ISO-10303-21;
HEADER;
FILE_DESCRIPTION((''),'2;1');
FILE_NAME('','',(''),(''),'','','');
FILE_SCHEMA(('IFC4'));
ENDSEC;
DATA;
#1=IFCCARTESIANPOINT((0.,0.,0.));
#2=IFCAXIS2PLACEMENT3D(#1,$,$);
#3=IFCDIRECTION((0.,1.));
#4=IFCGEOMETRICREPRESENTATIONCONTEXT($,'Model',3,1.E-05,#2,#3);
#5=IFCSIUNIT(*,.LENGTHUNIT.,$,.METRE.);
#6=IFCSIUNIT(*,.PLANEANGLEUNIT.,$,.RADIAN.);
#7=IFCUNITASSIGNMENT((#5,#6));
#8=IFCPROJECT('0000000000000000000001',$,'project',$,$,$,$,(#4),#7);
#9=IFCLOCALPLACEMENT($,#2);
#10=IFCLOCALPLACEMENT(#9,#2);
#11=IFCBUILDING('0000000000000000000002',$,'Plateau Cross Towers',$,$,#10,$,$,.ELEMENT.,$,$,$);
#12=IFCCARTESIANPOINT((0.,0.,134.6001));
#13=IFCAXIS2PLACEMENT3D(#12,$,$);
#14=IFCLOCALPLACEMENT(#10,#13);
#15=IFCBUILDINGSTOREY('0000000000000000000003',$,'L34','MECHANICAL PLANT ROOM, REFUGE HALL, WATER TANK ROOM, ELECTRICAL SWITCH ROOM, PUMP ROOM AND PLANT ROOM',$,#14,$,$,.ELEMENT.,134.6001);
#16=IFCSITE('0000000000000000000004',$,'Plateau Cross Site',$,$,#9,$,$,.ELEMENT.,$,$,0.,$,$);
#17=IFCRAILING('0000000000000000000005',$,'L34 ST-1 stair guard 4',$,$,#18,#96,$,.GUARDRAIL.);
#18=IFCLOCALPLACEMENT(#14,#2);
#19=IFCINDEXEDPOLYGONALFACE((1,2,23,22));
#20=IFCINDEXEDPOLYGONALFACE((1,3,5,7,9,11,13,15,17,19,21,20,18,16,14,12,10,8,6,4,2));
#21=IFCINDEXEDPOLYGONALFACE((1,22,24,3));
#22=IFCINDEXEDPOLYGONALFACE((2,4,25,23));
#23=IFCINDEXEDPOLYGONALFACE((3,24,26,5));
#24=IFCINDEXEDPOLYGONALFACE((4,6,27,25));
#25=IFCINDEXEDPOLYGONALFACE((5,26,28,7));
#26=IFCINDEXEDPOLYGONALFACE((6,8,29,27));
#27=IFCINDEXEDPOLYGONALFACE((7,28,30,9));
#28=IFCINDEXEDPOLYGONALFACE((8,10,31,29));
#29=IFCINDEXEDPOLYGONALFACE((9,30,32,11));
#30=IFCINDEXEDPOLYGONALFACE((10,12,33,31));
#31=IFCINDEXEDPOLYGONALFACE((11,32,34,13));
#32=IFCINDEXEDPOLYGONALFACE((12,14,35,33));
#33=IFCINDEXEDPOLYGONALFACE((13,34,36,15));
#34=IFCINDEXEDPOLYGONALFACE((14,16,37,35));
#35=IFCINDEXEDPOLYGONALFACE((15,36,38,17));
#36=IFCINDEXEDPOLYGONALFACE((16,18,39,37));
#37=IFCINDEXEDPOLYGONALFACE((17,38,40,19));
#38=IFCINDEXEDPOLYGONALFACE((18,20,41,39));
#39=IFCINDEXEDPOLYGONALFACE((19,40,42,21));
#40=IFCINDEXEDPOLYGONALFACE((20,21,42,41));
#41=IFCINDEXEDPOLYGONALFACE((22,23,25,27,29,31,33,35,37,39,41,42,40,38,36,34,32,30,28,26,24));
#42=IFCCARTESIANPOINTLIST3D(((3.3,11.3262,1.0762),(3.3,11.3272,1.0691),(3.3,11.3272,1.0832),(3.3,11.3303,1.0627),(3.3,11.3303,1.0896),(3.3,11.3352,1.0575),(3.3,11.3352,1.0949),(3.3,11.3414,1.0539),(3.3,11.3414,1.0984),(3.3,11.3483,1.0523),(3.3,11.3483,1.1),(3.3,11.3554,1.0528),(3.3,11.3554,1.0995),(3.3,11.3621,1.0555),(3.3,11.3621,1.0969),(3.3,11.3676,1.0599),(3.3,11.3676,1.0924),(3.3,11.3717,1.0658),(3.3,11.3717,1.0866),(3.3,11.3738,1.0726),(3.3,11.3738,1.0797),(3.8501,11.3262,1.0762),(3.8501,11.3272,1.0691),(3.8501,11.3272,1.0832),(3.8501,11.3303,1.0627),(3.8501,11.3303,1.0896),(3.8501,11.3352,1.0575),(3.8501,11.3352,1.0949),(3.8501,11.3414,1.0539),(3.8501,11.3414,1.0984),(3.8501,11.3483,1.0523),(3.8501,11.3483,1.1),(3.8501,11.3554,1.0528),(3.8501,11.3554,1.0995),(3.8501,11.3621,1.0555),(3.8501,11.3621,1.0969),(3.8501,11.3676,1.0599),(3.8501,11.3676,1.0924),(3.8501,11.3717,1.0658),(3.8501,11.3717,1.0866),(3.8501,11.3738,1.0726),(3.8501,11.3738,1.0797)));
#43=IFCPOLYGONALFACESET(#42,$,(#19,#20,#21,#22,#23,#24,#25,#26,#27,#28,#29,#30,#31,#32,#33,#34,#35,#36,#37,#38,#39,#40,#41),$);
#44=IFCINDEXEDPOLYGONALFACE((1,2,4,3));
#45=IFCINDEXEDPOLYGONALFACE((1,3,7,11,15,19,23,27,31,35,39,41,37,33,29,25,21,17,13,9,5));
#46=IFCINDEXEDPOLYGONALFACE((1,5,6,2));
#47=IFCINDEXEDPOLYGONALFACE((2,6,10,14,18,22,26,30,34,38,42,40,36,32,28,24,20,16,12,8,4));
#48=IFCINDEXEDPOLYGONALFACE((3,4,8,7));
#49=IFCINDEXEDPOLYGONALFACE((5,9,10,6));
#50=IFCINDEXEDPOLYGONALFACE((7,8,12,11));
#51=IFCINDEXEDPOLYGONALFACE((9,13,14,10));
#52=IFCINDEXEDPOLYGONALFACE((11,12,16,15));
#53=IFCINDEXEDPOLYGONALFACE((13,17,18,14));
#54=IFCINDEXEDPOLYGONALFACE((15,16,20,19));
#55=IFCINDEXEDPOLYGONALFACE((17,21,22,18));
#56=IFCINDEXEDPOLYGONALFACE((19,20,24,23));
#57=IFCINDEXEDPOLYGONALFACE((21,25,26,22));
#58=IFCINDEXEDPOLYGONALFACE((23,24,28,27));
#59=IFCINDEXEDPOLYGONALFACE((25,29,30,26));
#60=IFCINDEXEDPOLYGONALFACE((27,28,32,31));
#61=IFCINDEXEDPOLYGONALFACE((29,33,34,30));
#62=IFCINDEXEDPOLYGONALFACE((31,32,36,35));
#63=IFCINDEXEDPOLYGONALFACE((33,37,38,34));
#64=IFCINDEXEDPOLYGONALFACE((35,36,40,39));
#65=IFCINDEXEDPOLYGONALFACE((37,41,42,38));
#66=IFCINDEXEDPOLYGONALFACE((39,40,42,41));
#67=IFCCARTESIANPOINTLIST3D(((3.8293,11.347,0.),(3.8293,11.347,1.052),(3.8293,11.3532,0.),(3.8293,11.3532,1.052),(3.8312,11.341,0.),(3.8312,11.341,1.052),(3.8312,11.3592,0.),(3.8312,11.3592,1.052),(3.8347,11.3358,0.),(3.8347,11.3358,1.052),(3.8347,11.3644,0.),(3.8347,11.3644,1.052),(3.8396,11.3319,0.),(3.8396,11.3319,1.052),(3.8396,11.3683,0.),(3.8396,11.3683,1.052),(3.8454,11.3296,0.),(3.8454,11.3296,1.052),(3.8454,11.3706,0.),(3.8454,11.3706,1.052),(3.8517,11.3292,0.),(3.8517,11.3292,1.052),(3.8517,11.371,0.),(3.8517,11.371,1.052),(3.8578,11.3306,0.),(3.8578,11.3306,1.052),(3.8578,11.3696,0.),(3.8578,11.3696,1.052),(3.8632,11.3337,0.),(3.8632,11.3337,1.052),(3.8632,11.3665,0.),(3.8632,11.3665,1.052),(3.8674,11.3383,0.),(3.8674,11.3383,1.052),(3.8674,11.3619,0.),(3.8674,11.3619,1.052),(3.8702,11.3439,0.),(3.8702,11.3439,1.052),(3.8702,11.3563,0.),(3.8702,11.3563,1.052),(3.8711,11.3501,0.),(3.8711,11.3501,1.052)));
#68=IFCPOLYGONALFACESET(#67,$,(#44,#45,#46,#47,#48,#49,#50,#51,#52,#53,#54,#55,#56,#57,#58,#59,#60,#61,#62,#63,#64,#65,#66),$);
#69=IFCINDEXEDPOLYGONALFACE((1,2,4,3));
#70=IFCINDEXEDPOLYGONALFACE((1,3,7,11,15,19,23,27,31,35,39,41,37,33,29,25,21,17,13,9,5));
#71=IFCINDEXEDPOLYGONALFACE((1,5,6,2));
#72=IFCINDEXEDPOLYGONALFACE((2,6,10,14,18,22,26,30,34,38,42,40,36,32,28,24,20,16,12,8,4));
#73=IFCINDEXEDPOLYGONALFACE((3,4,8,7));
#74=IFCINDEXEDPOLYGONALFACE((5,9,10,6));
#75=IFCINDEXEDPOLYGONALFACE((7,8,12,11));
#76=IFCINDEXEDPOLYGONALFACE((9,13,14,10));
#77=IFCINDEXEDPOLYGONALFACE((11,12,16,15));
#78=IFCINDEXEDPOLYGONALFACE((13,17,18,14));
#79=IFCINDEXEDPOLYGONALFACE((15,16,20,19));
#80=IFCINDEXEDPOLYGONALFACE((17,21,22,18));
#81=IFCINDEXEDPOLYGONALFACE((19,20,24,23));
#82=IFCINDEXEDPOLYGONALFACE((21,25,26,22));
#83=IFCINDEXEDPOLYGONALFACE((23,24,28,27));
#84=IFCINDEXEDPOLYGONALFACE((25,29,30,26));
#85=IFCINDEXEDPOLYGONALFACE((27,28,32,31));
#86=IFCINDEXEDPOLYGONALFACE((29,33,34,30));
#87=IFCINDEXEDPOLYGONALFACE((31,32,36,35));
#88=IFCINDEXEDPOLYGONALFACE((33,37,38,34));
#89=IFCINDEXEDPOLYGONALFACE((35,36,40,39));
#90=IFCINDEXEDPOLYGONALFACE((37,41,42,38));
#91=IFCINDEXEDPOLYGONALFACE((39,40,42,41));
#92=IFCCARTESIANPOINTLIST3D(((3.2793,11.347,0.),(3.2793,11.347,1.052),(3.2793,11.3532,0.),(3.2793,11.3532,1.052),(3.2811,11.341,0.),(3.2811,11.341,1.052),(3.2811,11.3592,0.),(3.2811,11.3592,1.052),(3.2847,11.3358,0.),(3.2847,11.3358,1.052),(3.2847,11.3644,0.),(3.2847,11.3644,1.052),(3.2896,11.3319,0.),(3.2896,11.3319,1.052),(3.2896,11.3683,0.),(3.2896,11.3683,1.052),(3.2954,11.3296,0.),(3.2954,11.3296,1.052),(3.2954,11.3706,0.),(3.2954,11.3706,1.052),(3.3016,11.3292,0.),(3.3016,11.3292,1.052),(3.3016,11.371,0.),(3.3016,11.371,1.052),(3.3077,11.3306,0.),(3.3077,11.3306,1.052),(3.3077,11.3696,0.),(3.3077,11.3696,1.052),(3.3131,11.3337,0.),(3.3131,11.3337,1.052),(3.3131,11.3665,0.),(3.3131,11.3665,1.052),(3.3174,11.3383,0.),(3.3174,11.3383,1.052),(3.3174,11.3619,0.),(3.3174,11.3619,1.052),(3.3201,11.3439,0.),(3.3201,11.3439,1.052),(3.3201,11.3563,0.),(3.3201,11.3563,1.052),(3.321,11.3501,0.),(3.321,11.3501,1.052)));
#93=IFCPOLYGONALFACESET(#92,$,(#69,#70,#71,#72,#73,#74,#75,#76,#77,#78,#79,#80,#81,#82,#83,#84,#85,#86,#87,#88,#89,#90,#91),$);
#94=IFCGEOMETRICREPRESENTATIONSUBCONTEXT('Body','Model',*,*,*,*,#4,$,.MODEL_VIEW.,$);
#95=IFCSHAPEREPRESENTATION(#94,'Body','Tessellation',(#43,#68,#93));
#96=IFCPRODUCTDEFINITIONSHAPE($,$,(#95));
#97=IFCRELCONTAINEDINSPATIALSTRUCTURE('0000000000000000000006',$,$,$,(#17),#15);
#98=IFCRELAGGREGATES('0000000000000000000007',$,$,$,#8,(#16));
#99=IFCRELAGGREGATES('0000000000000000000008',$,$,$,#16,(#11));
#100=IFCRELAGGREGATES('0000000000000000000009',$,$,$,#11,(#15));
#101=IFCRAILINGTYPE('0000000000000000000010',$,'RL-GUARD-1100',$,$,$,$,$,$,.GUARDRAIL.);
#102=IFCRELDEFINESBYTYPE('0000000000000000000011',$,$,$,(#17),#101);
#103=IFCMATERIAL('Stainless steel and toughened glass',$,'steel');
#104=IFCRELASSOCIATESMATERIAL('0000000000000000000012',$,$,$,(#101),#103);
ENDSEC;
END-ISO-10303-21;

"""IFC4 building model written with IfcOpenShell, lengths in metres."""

from ifc_helpers import new_model, si_unit, direction, frame, origin, origin_2d, place, context, subcontext, project, spatial, circle, extrude, material, type_object, element, save


model = new_model("IFC4")

# Units and contexts
model_context = context("Model", 3, precision=1e-05, world=origin(), true_north=direction((0.0, 1.0)))
body_context = subcontext(model_context, "Body", "Model", "MODEL_VIEW")
ifc_project = project(units=[si_unit("LENGTHUNIT", "METRE"), si_unit("PLANEANGLEUNIT", "RADIAN")], contexts=[model_context])

# Site, building, storey
site_placement = place(None, origin())
site = spatial("IfcSite", under=ifc_project, at=site_placement, Name="Plateau Cross Site", CompositionType="ELEMENT", RefElevation=0.0)
building_placement = place(site_placement, origin())
building = spatial("IfcBuilding", under=site, at=building_placement, Name="Plateau Cross Towers", CompositionType="ELEMENT")
storey_placement = place(building_placement, frame((0.0, 0.0, 134.6001)))
storey = spatial("IfcBuildingStorey", under=building, at=storey_placement, Name="L34", Description="MECHANICAL PLANT ROOM, REFUGE HALL, WATER TANK ROOM, ELECTRICAL SWITCH ROOM, PUMP ROOM AND PLANT ROOM", CompositionType="ELEMENT", Elevation=134.6001)

# Railing
ifc_material_1 = material(Name="Stainless steel and toughened glass", Category="steel")
railing_type_1 = type_object("IfcRailingType", Name="RL-GUARD-1100", PredefinedType="GUARDRAIL", material=ifc_material_1)
railing_1_placement = place(storey_placement, frame((3.8501, 11.3501, 0.0)))
element("IfcRailing", 1, at=railing_1_placement, inside=storey, type_object=railing_type_1, Name="L34 ST-1 stair guard 4", PredefinedType="GUARDRAIL", context=body_context, shape_type="SweptSolid", body=[
    extrude(circle(Radius=0.0239, at=origin_2d()), frame((0.0, 0.0, 1.0762), z_axis=(-1.0, 0.0, 0.0), x_axis=(0.0, -1.0, 0.0)), (0.0, 0.0, 1.0), 0.55),
    extrude(circle(Radius=0.021, at=origin_2d()), origin(), (0.0, 0.0, 1.0), 1.052),
    extrude(circle(Radius=0.021, at=origin_2d()), frame((-0.55, 0.0, 0.0)), (0.0, 0.0, 1.0), 1.052),
])

save(model, "model.ifc")
